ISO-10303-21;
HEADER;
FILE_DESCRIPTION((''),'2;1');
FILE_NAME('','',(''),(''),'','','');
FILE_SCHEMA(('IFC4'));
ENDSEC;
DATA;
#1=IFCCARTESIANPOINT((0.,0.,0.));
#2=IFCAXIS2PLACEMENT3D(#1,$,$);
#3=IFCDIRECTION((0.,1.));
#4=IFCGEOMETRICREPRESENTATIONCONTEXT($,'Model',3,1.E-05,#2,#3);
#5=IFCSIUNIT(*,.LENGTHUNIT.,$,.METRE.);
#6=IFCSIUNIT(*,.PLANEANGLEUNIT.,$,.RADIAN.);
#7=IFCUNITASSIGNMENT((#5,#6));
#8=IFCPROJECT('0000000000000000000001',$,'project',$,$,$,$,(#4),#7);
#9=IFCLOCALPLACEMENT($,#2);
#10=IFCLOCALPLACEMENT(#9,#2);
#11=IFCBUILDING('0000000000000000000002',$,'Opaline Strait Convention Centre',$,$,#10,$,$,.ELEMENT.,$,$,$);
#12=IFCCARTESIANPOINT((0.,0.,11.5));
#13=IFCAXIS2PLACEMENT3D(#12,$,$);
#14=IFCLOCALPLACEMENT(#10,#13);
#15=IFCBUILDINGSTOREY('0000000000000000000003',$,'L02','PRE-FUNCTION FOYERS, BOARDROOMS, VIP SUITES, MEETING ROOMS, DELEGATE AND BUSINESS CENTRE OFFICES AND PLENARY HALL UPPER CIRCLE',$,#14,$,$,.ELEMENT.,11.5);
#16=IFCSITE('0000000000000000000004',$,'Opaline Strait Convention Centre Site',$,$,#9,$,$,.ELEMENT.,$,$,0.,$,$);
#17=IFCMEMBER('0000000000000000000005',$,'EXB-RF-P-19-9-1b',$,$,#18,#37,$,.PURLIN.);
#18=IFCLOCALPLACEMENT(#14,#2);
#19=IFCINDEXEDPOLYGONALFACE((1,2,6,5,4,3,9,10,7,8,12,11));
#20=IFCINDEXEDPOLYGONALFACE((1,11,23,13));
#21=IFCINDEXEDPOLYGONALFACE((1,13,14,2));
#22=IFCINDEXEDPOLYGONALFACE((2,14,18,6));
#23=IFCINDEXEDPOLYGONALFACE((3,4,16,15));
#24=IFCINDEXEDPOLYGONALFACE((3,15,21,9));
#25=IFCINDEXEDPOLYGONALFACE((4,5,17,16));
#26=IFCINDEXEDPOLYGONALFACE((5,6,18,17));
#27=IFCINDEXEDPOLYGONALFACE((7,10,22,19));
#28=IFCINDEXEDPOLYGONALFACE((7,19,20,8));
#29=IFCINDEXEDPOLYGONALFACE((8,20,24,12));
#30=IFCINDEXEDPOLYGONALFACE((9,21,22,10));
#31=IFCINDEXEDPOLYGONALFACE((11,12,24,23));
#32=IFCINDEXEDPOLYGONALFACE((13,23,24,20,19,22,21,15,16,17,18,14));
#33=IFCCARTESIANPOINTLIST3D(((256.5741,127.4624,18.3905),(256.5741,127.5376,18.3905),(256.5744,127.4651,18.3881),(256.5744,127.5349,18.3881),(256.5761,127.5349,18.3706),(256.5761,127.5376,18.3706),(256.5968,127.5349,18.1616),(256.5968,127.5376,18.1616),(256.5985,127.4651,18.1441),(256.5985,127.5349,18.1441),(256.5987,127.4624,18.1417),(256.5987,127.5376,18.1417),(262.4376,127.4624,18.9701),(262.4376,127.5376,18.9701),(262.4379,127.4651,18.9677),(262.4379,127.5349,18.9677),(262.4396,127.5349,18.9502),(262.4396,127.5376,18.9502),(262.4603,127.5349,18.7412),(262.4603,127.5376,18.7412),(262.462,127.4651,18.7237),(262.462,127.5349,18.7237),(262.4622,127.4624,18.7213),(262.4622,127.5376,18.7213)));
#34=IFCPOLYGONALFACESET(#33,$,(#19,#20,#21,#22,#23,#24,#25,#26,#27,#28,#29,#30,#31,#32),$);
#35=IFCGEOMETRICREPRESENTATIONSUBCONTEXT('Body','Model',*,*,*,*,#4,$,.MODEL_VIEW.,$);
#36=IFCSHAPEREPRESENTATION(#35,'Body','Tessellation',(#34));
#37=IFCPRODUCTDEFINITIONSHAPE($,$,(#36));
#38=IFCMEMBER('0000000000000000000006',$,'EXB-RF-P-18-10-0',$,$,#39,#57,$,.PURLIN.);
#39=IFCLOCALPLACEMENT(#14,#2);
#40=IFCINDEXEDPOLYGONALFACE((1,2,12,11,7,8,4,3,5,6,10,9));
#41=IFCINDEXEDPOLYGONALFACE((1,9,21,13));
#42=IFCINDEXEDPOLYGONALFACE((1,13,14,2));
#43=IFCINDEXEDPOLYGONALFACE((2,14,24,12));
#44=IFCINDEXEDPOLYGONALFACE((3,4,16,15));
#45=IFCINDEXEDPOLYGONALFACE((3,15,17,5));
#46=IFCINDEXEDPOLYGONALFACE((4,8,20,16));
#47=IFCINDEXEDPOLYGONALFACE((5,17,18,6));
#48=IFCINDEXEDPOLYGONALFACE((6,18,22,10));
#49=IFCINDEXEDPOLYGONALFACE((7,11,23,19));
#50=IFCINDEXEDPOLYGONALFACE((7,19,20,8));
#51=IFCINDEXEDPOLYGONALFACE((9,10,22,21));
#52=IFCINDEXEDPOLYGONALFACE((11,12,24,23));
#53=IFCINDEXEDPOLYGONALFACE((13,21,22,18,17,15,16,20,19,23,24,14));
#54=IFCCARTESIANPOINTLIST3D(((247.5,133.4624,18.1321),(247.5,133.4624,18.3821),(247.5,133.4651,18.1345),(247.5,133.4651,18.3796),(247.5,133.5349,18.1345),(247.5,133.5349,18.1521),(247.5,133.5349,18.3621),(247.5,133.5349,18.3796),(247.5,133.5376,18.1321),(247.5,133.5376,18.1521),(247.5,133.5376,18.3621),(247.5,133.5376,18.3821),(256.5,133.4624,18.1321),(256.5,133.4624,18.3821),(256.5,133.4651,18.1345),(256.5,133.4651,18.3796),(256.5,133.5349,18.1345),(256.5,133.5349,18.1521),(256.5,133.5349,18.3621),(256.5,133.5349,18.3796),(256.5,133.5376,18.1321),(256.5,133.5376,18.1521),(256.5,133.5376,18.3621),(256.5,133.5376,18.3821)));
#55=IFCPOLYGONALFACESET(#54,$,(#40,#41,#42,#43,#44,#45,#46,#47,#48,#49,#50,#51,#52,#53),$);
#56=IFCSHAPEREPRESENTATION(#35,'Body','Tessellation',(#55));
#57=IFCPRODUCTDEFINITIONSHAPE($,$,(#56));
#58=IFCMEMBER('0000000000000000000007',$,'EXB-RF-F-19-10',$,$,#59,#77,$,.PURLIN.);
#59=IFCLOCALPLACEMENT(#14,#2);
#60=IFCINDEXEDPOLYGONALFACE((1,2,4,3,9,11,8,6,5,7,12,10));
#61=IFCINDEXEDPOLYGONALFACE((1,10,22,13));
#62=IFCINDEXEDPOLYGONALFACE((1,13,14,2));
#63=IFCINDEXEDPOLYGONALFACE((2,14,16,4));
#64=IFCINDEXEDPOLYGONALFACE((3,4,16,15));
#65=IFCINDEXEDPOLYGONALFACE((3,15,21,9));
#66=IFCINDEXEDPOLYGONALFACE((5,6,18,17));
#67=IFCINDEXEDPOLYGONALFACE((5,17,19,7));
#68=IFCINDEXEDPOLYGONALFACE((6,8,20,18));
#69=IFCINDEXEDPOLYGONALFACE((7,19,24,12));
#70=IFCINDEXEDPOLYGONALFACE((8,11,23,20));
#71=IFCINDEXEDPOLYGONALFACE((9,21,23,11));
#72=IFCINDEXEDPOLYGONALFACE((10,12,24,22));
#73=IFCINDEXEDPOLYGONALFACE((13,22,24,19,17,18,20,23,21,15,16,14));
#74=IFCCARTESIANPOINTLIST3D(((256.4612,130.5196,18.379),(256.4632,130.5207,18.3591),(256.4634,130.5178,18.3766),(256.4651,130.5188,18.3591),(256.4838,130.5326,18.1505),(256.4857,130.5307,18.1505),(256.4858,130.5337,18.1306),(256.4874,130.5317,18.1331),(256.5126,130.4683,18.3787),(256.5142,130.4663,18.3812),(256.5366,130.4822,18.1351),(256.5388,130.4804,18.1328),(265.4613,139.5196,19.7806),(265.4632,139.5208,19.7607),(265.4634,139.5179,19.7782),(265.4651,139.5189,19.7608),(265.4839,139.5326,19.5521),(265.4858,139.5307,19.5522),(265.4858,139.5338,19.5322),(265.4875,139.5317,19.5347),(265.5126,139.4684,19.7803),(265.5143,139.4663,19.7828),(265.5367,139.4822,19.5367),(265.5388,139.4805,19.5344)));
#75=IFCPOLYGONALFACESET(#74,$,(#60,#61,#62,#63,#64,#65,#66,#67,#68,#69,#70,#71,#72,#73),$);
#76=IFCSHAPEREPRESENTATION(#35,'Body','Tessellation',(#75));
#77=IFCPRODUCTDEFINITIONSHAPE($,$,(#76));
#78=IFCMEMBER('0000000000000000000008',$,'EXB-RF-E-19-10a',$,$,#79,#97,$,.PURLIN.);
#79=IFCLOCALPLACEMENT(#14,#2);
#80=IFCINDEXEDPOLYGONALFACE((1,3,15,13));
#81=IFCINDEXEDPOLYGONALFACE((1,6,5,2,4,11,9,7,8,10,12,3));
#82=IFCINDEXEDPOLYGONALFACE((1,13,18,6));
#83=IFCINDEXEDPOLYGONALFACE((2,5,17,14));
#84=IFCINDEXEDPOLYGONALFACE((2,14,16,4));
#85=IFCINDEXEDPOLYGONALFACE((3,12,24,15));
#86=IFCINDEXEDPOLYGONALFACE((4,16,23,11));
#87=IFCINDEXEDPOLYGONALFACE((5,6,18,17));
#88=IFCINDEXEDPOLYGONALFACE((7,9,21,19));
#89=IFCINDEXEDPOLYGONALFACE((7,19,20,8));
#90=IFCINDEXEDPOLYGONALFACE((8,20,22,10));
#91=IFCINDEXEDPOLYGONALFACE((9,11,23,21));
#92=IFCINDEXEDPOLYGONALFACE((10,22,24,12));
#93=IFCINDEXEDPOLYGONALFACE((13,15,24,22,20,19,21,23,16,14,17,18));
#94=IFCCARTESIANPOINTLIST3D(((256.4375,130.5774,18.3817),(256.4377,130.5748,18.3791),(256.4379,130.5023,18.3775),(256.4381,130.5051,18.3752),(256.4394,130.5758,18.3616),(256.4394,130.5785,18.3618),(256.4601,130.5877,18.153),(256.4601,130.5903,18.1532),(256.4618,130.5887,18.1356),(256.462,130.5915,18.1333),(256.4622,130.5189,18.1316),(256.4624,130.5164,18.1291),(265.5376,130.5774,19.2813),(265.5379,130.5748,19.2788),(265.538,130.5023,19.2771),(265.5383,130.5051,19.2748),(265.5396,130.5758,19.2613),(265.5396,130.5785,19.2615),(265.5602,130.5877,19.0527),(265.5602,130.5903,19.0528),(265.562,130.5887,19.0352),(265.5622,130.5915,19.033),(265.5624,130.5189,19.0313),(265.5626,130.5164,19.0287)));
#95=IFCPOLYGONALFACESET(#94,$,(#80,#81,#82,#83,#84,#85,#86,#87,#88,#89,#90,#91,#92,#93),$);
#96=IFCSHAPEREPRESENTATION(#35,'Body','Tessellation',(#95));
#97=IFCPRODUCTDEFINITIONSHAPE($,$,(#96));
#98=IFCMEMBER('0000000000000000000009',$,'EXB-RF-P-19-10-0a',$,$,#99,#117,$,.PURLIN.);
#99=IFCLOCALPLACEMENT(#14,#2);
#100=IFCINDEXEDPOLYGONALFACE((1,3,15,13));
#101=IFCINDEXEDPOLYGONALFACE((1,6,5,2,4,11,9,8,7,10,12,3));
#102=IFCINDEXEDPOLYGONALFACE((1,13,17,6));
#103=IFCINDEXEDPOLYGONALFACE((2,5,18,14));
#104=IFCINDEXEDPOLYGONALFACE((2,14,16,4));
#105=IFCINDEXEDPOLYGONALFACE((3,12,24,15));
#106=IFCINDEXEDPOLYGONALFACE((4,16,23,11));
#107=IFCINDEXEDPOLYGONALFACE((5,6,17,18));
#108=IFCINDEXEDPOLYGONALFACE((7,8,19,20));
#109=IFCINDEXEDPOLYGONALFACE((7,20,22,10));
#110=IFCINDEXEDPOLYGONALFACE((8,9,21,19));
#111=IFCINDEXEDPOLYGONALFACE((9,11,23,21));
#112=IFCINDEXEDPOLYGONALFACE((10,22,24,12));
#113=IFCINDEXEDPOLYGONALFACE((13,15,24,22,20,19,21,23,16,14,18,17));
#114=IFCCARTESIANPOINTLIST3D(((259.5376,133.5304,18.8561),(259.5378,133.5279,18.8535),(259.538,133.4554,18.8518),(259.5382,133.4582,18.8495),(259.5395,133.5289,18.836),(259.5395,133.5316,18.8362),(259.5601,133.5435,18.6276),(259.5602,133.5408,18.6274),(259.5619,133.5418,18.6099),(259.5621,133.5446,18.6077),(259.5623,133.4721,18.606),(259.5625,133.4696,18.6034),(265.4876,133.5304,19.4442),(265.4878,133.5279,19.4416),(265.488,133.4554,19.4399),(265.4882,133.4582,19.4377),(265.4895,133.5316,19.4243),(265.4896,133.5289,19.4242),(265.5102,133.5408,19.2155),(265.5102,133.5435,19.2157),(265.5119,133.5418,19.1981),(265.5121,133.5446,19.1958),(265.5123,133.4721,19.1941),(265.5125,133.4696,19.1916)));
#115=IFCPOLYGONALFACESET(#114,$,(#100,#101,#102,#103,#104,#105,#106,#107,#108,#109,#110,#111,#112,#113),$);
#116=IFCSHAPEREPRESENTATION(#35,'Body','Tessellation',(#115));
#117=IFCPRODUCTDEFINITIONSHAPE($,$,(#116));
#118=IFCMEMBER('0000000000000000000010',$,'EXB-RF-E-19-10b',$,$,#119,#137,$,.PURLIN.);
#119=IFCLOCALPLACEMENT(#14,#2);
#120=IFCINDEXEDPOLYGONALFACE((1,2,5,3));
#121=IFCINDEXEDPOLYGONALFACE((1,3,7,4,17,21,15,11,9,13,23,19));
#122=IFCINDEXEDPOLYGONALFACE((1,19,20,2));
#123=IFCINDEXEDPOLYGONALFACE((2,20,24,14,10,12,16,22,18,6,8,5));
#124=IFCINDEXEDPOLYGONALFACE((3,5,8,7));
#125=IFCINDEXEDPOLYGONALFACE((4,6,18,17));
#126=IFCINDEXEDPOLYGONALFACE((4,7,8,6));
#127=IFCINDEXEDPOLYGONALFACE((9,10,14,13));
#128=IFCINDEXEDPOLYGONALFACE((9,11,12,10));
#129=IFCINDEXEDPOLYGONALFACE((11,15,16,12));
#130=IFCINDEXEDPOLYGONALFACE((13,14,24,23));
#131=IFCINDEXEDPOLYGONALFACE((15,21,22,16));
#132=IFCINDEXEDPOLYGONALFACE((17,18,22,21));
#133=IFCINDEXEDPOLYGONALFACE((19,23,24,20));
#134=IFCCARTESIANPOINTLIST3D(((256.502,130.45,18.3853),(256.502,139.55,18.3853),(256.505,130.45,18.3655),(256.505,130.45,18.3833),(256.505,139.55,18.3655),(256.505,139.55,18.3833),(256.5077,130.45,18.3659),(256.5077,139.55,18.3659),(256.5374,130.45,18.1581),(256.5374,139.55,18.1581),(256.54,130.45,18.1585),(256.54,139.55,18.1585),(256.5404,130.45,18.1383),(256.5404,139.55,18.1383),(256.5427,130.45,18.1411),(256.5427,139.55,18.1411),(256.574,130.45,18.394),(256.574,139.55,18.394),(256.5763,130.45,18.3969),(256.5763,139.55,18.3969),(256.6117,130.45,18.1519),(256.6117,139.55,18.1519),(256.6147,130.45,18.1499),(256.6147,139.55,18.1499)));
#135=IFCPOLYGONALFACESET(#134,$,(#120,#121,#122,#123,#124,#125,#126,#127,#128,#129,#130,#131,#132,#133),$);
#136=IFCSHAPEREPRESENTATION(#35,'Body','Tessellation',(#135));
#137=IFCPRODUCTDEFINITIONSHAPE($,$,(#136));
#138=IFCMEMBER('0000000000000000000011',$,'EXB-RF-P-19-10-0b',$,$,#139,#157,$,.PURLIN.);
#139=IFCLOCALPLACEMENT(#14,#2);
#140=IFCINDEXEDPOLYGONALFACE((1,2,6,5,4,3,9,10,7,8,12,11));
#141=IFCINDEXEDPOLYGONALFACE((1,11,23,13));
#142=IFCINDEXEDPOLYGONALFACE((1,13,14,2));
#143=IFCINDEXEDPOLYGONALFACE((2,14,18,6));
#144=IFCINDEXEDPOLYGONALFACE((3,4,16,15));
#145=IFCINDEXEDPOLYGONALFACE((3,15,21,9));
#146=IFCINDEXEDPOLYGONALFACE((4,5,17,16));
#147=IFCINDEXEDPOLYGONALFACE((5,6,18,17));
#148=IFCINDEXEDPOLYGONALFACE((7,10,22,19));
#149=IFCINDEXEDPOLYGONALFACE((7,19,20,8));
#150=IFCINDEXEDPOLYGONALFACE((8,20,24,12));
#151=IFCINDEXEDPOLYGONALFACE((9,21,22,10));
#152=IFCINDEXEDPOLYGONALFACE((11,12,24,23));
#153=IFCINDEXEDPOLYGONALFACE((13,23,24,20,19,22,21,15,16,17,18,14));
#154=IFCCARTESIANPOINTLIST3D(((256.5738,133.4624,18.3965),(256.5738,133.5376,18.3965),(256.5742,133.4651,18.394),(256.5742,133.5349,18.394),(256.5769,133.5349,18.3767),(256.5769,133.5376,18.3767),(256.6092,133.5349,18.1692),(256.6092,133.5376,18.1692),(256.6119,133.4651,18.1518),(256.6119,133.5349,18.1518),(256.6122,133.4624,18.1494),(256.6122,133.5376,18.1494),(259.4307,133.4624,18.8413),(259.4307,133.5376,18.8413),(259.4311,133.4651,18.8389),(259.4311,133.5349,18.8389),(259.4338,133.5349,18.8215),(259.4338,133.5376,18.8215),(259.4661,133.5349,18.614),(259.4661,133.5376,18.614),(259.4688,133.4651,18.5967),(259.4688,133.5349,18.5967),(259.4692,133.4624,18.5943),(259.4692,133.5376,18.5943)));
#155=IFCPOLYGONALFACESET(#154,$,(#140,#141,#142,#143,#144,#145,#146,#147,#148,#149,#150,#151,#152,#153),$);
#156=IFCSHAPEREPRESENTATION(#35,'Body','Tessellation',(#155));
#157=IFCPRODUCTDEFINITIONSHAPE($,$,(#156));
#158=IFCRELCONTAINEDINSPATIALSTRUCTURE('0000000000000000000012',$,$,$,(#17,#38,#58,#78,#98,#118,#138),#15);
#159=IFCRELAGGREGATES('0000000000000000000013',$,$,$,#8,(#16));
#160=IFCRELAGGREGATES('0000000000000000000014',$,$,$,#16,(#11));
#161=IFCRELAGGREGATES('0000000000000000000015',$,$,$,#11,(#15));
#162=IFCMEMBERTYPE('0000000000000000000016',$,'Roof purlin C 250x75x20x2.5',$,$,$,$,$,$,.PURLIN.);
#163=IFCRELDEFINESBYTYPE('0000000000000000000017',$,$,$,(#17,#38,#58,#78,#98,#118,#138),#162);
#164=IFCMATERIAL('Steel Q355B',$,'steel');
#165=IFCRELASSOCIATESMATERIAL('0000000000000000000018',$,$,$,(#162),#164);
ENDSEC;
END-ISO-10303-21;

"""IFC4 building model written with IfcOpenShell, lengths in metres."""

from ifc_helpers import new_model, si_unit, direction, frame, origin, place, context, subcontext, project, spatial, polyline, outline, extrude, material, material_profile, profile_set, type_object, element, save


model = new_model("IFC4")

# Units and contexts
model_context = context("Model", 3, precision=1e-05, world=origin(), true_north=direction((0.0, 1.0)))
body_context = subcontext(model_context, "Body", "Model", "MODEL_VIEW")
ifc_project = project(units=[si_unit("LENGTHUNIT", "METRE"), si_unit("PLANEANGLEUNIT", "RADIAN")], contexts=[model_context])

# Site, building, storey
site_placement = place(None, origin())
site = spatial("IfcSite", under=ifc_project, at=site_placement, Name="Opaline Strait Convention Centre Site", CompositionType="ELEMENT", RefElevation=0.0)
building_placement = place(site_placement, origin())
building = spatial("IfcBuilding", under=site, at=building_placement, Name="Opaline Strait Convention Centre", CompositionType="ELEMENT")
storey_placement = place(building_placement, frame((0.0, 0.0, 11.5)))
storey = spatial("IfcBuildingStorey", under=building, at=storey_placement, Name="L02", Description="PRE-FUNCTION FOYERS, BOARDROOMS, VIP SUITES, MEETING ROOMS, DELEGATE AND BUSINESS CENTRE OFFICES AND PLENARY HALL UPPER CIRCLE", CompositionType="ELEMENT", Elevation=11.5)

# Members
ifc_material_1 = material(Name="Steel Q355B", Category="steel")
ifc_material_profile_1 = material_profile(ifc_material_1, outline(polyline([(-0.0376, -0.125), (0.0376, -0.125), (0.0376, -0.105), (0.0349, -0.105), (0.0349, -0.1226), (-0.0349, -0.1226), (-0.0349, 0.1226), (0.0349, 0.1226), (0.0349, 0.105), (0.0376, 0.105), (0.0376, 0.125), (-0.0376, 0.125), (-0.0376, -0.125)])), Name="C 250x75x20x2.5")
ifc_profile_set_1 = profile_set([ifc_material_profile_1], Name="Steel Q355B")
member_type_1 = type_object("IfcMemberType", Name="Roof purlin C 250x75x20x2.5", PredefinedType="PURLIN", material=ifc_profile_set_1)
member_1_placement = place(storey_placement, frame((256.5864, 127.5, 18.2661), z_axis=(0.99515, 0.0, 0.098367), x_axis=(0.0, 1.0, 0.0)))
element("IfcMember", 1, at=member_1_placement, inside=storey, type_object=member_type_1, Name="EXB-RF-P-19-9-1b", PredefinedType="PURLIN", context=body_context, shape_type="SweptSolid", body=[
    extrude(outline(polyline([(-0.0376, -0.125), (0.0376, -0.125), (0.0376, -0.105), (0.0349, -0.105), (0.0349, -0.1226), (-0.0349, -0.1226), (-0.0349, 0.1226), (0.0349, 0.1226), (0.0349, 0.105), (0.0376, 0.105), (0.0376, 0.125), (-0.0376, 0.125), (-0.0376, -0.125)])), origin(), (0.0, 0.0, 1.0), 5.8921),
])
member_2_placement = place(storey_placement, frame((247.5, 133.5, 18.2571), z_axis=(1.0, 0.0, 0.0), x_axis=(0.0, 1.0, 0.0)))
element("IfcMember", 2, at=member_2_placement, inside=storey, type_object=member_type_1, Name="EXB-RF-P-18-10-0", PredefinedType="PURLIN", context=body_context, shape_type="SweptSolid", body=[
    extrude(outline(polyline([(-0.0376, -0.125), (0.0376, -0.125), (0.0376, -0.105), (0.0349, -0.105), (0.0349, -0.1226), (-0.0349, -0.1226), (-0.0349, 0.1226), (0.0349, 0.1226), (0.0349, 0.105), (0.0376, 0.105), (0.0376, 0.125), (-0.0376, 0.125), (-0.0376, -0.125)])), origin(), (0.0, 0.0, 1.0), 9.0),
])
member_3_placement = place(storey_placement, frame((256.5, 130.5, 18.2559), z_axis=(0.702858, 0.702858, 0.109459), x_axis=(-0.704515, 0.709083, -0.029328)))
element("IfcMember", 3, at=member_3_placement, inside=storey, type_object=member_type_1, Name="EXB-RF-F-19-10", PredefinedType="PURLIN", context=body_context, shape_type="SweptSolid", body=[
    extrude(outline(polyline([(-0.0376, -0.125), (0.0376, -0.125), (0.0376, -0.105), (0.0349, -0.105), (0.0349, -0.1226), (-0.0349, -0.1226), (-0.0349, 0.1226), (0.0349, 0.1226), (0.0349, 0.105), (0.0376, 0.105), (0.0376, 0.125), (-0.0376, 0.125), (-0.0376, -0.125)])), origin(), (0.0, 0.0, 1.0), 12.8049),
])
member_4_placement = place(storey_placement, frame((256.45, 130.5469, 18.2554), z_axis=(0.995149, 0.0, 0.098383), x_axis=(-0.005558, 0.998403, 0.05622)))
element("IfcMember", 4, at=member_4_placement, inside=storey, type_object=member_type_1, Name="EXB-RF-E-19-10a", PredefinedType="PURLIN", context=body_context, shape_type="SweptSolid", body=[
    extrude(outline(polyline([(-0.0376, -0.125), (0.0376, -0.125), (0.0376, -0.105), (0.0349, -0.105), (0.0349, -0.1226), (-0.0349, -0.1226), (-0.0349, 0.1226), (0.0349, 0.1226), (0.0349, 0.105), (0.0376, 0.105), (0.0376, 0.125), (-0.0376, 0.125), (-0.0376, -0.125)])), origin(), (0.0, 0.0, 1.0), 9.1445),
])
member_5_placement = place(storey_placement, frame((259.55, 133.5, 18.7297), z_axis=(0.99515, 0.0, 0.098368), x_axis=(-0.005584, 0.998387, 0.056494)))
element("IfcMember", 5, at=member_5_placement, inside=storey, type_object=member_type_1, Name="EXB-RF-P-19-10-0a", PredefinedType="PURLIN", context=body_context, shape_type="SweptSolid", body=[
    extrude(outline(polyline([(-0.0376, -0.125), (0.0376, -0.125), (0.0376, -0.105), (0.0349, -0.105), (0.0349, -0.1226), (-0.0349, -0.1226), (-0.0349, 0.1226), (0.0349, 0.1226), (0.0349, 0.105), (0.0376, 0.105), (0.0376, 0.125), (-0.0376, 0.125), (-0.0376, -0.125)])), origin(), (0.0, 0.0, 1.0), 5.979),
])
member_6_placement = place(storey_placement, frame((256.5583, 130.45, 18.2676), z_axis=(0.0, 1.0, 0.0), x_axis=(-0.988092, 0.0, -0.153864)))
element("IfcMember", 6, at=member_6_placement, inside=storey, type_object=member_type_1, Name="EXB-RF-E-19-10b", PredefinedType="PURLIN", context=body_context, shape_type="SweptSolid", body=[
    extrude(outline(polyline([(-0.0376, -0.125), (0.0376, -0.125), (0.0376, -0.105), (0.0349, -0.105), (0.0349, -0.1226), (-0.0349, -0.1226), (-0.0349, 0.1226), (0.0349, 0.1226), (0.0349, 0.105), (0.0376, 0.105), (0.0376, 0.125), (-0.0376, 0.125), (-0.0376, -0.125)])), origin(), (0.0, 0.0, 1.0), 9.1001),
])
member_7_placement = place(storey_placement, frame((256.593, 133.5, 18.2729), z_axis=(0.988095, 0.0, 0.153846), x_axis=(0.0, 1.0, 0.0)))
element("IfcMember", 7, at=member_7_placement, inside=storey, type_object=member_type_1, Name="EXB-RF-P-19-10-0b", PredefinedType="PURLIN", context=body_context, shape_type="SweptSolid", body=[
    extrude(outline(polyline([(-0.0376, -0.125), (0.0376, -0.125), (0.0376, -0.105), (0.0349, -0.105), (0.0349, -0.1226), (-0.0349, -0.1226), (-0.0349, 0.1226), (0.0349, 0.1226), (0.0349, 0.105), (0.0376, 0.105), (0.0376, 0.125), (-0.0376, 0.125), (-0.0376, -0.125)])), origin(), (0.0, 0.0, 1.0), 2.8914),
])

save(model, "model.ifc")
